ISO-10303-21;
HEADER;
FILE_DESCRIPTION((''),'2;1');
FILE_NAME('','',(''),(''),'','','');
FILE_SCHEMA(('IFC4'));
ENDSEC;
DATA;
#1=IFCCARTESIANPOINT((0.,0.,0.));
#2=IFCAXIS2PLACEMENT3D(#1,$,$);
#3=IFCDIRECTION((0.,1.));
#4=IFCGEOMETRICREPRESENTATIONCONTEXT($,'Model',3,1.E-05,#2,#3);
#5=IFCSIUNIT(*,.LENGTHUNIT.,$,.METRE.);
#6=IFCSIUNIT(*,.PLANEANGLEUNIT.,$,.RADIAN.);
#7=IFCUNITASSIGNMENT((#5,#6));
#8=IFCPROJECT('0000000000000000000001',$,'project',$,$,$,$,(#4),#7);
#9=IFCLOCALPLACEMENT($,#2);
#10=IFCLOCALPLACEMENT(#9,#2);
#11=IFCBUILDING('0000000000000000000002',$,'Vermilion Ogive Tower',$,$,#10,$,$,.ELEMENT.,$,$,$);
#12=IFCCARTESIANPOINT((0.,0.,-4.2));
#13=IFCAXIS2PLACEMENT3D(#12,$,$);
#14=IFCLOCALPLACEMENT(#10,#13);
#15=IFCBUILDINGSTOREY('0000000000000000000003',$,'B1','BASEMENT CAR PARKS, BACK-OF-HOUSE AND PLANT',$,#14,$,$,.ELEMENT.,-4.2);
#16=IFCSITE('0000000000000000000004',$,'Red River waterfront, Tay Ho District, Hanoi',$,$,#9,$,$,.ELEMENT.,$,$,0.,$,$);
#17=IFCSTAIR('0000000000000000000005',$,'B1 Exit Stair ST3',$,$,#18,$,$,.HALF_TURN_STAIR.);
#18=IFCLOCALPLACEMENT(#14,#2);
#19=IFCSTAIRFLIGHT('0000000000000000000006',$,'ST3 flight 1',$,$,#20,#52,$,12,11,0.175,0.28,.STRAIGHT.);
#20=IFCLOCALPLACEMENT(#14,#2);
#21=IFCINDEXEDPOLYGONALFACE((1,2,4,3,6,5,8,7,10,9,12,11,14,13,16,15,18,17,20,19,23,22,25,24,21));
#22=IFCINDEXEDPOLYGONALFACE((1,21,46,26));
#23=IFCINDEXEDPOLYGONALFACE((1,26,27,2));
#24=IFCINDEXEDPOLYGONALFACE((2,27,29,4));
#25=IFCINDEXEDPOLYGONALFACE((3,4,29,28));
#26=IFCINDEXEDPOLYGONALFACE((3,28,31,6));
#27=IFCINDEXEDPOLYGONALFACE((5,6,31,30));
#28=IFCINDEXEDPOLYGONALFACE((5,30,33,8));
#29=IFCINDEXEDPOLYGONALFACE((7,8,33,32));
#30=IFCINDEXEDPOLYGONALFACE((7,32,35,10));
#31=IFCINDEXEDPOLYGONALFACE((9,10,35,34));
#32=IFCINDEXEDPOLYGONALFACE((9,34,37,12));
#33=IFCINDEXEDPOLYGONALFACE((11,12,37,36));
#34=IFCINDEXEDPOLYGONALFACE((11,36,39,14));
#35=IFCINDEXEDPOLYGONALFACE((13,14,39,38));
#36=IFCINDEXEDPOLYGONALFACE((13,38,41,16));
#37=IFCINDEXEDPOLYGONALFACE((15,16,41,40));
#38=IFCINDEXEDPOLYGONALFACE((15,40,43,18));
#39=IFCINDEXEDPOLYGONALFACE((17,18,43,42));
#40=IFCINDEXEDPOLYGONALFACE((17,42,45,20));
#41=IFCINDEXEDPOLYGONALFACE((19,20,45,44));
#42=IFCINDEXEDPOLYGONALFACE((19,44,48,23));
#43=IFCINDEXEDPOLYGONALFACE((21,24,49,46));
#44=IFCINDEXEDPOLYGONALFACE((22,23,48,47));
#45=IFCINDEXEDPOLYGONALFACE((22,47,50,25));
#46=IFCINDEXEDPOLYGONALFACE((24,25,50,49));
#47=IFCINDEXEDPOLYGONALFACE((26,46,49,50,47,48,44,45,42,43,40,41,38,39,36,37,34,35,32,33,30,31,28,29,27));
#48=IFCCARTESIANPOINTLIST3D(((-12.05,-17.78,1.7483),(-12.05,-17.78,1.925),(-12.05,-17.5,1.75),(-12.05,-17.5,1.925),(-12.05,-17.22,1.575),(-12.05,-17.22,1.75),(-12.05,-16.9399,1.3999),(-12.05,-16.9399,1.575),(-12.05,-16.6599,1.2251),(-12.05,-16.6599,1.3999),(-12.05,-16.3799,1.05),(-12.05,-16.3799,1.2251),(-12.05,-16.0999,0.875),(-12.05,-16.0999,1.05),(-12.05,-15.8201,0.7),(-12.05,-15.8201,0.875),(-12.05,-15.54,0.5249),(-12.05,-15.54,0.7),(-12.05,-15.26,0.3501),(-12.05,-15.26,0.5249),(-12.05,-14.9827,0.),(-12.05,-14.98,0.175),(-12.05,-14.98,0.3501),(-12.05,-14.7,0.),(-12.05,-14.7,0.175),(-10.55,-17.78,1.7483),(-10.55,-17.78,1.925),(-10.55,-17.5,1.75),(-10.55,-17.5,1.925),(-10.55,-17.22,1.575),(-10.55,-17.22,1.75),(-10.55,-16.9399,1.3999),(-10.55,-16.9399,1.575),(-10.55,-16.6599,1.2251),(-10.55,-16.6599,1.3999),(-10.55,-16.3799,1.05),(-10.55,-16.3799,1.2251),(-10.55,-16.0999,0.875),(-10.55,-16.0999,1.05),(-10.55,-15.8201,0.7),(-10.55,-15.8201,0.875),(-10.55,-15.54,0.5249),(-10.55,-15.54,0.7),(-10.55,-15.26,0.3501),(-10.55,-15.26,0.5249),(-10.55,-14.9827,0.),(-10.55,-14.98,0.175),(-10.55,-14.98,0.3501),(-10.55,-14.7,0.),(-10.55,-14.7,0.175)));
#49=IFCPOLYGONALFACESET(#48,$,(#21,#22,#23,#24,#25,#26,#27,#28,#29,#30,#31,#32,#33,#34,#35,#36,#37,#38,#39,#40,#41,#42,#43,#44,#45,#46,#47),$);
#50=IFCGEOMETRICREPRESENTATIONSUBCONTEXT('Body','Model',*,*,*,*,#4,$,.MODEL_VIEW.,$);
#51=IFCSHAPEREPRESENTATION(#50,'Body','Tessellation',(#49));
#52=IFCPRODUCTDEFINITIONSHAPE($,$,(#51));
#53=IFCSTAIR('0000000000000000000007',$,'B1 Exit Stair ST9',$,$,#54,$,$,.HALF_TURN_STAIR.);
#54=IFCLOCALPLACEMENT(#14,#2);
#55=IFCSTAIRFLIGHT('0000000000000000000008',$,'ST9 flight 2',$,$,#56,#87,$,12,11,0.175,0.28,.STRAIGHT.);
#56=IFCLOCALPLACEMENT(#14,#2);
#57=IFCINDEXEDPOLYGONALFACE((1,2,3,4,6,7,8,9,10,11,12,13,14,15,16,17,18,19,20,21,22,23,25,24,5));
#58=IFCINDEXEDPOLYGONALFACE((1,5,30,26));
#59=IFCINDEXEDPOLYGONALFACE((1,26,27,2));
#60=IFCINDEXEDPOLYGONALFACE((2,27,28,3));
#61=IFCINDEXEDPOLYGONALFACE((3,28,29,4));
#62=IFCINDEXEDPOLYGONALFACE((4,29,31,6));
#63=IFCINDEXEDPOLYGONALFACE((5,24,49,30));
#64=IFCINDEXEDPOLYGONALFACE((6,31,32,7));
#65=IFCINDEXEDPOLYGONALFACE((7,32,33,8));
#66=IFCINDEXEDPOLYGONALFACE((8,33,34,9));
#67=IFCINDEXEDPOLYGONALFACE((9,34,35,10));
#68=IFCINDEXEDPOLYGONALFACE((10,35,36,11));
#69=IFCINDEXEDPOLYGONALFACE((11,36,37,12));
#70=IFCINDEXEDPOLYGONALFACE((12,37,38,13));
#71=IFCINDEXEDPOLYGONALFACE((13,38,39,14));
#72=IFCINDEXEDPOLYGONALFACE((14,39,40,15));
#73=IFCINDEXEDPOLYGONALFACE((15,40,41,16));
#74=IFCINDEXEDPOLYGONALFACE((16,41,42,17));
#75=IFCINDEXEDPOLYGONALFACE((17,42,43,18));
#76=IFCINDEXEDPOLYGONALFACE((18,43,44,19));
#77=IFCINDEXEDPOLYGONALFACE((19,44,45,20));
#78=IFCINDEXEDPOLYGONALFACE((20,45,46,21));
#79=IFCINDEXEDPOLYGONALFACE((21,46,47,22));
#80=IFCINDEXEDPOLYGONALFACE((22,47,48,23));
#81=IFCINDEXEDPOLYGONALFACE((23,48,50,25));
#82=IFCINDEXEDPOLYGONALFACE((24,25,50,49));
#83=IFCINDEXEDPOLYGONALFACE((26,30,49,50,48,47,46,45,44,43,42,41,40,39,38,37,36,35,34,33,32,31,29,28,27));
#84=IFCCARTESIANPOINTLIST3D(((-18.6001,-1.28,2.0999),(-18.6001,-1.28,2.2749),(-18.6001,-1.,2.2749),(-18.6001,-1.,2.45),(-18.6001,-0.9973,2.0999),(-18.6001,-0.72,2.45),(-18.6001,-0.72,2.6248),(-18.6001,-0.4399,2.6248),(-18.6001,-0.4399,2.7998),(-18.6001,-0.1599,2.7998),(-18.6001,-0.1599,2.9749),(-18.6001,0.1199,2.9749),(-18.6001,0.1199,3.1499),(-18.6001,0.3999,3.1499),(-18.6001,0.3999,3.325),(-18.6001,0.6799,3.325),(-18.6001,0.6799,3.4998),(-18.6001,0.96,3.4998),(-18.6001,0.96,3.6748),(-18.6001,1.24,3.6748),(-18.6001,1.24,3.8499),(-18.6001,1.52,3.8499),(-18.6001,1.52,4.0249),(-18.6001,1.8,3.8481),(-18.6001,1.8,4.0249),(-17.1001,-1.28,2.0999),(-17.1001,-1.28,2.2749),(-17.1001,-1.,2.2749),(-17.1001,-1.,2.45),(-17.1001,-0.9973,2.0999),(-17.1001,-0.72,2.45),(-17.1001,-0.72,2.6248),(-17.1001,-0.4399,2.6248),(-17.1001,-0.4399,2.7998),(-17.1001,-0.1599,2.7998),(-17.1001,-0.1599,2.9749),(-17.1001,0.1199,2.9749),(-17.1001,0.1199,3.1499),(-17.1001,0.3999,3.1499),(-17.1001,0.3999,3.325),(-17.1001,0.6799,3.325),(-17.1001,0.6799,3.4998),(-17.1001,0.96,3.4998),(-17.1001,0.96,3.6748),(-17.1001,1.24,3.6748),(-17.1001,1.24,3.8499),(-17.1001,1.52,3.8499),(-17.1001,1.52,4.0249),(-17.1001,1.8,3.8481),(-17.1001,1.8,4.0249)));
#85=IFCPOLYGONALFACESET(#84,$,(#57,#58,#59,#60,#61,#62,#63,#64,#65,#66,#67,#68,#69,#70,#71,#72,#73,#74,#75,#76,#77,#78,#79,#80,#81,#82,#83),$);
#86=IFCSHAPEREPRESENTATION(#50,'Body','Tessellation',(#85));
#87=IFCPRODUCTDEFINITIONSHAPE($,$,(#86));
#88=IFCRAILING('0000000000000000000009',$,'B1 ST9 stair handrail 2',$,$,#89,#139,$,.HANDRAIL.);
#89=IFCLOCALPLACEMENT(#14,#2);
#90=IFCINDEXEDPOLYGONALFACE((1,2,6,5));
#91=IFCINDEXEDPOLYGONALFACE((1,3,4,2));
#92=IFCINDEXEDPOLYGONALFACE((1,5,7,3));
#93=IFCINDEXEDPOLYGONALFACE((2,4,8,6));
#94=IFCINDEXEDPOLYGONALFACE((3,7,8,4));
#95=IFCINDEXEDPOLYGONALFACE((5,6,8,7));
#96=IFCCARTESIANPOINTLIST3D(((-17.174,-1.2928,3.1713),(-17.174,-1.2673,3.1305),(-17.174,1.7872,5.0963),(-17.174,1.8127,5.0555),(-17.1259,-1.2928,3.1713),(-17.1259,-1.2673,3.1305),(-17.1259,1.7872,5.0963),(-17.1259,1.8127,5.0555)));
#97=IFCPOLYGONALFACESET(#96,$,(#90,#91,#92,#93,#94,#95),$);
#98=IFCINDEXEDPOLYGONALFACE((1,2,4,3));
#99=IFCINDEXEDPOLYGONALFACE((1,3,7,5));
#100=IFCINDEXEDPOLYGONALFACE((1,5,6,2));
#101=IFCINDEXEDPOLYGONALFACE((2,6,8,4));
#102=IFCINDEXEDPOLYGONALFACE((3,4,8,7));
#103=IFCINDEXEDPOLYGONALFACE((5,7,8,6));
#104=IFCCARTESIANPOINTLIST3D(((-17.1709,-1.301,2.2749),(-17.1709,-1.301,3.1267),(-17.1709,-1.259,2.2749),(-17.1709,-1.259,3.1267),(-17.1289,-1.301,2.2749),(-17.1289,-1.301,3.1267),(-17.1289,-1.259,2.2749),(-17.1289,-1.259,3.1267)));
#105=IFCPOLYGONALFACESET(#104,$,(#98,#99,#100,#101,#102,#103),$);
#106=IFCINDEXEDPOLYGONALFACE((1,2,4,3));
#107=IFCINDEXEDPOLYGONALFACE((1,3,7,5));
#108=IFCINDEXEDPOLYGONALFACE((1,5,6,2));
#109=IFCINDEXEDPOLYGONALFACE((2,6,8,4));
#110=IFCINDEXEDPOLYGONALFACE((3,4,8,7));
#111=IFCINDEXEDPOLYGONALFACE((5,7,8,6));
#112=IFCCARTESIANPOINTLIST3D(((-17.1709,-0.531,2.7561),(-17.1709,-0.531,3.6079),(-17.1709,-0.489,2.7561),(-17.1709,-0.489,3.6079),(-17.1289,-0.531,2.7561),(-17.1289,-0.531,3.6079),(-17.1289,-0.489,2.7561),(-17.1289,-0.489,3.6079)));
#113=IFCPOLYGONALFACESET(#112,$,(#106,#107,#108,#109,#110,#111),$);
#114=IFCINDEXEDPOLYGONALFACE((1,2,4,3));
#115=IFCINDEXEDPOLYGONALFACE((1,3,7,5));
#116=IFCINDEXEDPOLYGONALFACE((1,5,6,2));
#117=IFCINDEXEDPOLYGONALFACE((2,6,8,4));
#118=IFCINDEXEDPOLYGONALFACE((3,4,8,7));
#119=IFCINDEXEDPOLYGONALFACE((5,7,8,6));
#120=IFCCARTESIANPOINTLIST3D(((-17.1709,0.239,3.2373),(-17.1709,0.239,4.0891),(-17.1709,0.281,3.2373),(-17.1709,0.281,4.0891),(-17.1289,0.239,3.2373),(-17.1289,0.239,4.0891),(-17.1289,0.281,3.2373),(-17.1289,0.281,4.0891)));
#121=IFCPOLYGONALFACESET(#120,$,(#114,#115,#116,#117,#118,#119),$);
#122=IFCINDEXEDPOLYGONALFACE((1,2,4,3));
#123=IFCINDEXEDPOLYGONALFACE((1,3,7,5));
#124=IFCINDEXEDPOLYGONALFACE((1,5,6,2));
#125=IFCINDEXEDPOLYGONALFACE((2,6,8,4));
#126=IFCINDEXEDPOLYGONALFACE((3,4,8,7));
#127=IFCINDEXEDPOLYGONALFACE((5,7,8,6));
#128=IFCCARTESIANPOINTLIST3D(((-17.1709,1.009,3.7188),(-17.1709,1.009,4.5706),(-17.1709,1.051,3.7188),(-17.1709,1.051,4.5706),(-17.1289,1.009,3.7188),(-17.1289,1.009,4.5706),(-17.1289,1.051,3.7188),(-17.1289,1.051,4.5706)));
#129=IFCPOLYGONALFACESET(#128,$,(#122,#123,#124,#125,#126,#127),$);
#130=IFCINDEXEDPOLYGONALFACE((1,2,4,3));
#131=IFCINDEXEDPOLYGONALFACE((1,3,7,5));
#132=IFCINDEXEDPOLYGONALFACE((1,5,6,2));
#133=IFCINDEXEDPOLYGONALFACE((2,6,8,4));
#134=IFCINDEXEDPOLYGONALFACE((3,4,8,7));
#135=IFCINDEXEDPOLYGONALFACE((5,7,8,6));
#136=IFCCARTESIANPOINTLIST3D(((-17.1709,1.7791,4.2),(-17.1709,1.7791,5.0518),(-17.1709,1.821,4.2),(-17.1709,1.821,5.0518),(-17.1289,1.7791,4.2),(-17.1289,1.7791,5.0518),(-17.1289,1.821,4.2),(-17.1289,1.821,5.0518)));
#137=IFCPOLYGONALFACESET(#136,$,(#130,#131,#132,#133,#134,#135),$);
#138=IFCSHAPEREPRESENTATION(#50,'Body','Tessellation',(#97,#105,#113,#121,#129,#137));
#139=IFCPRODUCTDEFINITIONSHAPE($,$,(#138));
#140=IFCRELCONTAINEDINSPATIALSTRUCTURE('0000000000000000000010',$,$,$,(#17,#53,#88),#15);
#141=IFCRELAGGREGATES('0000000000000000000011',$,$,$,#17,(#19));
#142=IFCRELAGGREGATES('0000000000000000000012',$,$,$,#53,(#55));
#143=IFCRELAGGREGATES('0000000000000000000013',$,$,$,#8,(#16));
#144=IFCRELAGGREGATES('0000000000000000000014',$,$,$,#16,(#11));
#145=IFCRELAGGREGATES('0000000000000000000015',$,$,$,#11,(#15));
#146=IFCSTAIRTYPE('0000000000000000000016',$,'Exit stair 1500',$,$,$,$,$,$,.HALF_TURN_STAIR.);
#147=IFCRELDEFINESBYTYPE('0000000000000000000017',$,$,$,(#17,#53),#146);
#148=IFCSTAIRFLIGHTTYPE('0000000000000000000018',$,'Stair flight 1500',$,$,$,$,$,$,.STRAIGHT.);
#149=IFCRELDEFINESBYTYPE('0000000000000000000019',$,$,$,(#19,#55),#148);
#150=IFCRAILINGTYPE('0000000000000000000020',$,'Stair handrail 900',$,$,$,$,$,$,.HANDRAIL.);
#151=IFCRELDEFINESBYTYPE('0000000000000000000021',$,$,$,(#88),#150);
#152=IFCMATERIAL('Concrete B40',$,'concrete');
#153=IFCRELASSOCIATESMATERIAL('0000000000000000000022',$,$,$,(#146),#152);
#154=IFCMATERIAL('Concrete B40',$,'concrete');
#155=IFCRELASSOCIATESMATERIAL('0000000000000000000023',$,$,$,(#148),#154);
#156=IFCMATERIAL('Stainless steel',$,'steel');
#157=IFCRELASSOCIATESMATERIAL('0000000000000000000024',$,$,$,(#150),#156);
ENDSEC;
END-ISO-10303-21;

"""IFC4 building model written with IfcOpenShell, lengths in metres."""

from ifc_helpers import new_model, si_unit, direction, frame, origin, origin_2d, place, context, subcontext, project, spatial, polyline, rectangle, outline, extrude, material, type_object, element, aggregate, save


model = new_model("IFC4")

# Units and contexts
model_context = context("Model", 3, precision=1e-05, world=origin(), true_north=direction((0.0, 1.0)))
body_context = subcontext(model_context, "Body", "Model", "MODEL_VIEW")
ifc_project = project(units=[si_unit("LENGTHUNIT", "METRE"), si_unit("PLANEANGLEUNIT", "RADIAN")], contexts=[model_context])

# Site, building, storey
site_placement = place(None, origin())
site = spatial("IfcSite", under=ifc_project, at=site_placement, Name="Red River waterfront, Tay Ho District, Hanoi", CompositionType="ELEMENT", RefElevation=0.0)
building_placement = place(site_placement, origin())
building = spatial("IfcBuilding", under=site, at=building_placement, Name="Vermilion Ogive Tower", CompositionType="ELEMENT")
storey_placement = place(building_placement, frame((0.0, 0.0, -4.2)))
storey = spatial("IfcBuildingStorey", under=building, at=storey_placement, Name="B1", Description="BASEMENT CAR PARKS, BACK-OF-HOUSE AND PLANT", CompositionType="ELEMENT", Elevation=-4.2)

# Stairs, stair flights
ifc_material_1 = material(Name="Concrete B40", Category="concrete")
stair_type = type_object("IfcStairType", Name="Exit stair 1500", PredefinedType="HALF_TURN_STAIR", material=ifc_material_1)
stair_1_placement = place(storey_placement, origin())
stair_1 = element("IfcStair", 1, at=stair_1_placement, inside=storey, type_object=stair_type, Name="B1 Exit Stair ST3", PredefinedType="HALF_TURN_STAIR")
ifc_material_2 = material(Name="Concrete B40", Category="concrete")
stair_flight_type = type_object("IfcStairFlightType", Name="Stair flight 1500", PredefinedType="STRAIGHT", material=ifc_material_2)
stair_flight_1_placement = place(storey_placement, frame((-11.3, -14.7, 0.0), z_axis=(0.0, 0.0, 1.0), x_axis=(0.0, -1.0, 0.0)))
stair_flight_1 = element("IfcStairFlight", 2, at=stair_flight_1_placement, type_object=stair_flight_type, Name="ST3 flight 1", NumberOfRisers=12, NumberOfTreads=11, PredefinedType="STRAIGHT", RiserHeight=0.175, TreadLength=0.28, context=body_context, shape_type="SweptSolid", body=[
    extrude(outline(polyline([(0.0, 0.0), (0.0, 0.175), (0.28, 0.175), (0.28, 0.3501), (0.5601, 0.3501), (0.5601, 0.5249), (0.8401, 0.5249), (0.8401, 0.7), (1.1201, 0.7), (1.1201, 0.875), (1.3999, 0.875), (1.3999, 1.05), (1.6799, 1.05), (1.6799, 1.2251), (1.96, 1.2251), (1.96, 1.3999), (2.24, 1.3999), (2.24, 1.575), (2.52, 1.575), (2.52, 1.75), (2.8, 1.75), (2.8, 1.925), (3.0801, 1.925), (3.0801, 2.1001), (3.0801, 1.7483), (0.2827, 0.0), (0.0, 0.0)])), frame((0.0, 0.75, 0.0), z_axis=(0.0, -1.0, 0.0), x_axis=(1.0, 0.0, 0.0)), (0.0, 0.0, 1.0), 1.5),
])
aggregate(stair_1, [stair_flight_1])
stair_2_placement = place(storey_placement, origin())
stair_2 = element("IfcStair", 3, at=stair_2_placement, inside=storey, type_object=stair_type, Name="B1 Exit Stair ST9", PredefinedType="HALF_TURN_STAIR")
stair_flight_2_placement = place(storey_placement, frame((-17.8501, -1.28, 2.0999), z_axis=(0.0, 0.0, 1.0), x_axis=(0.0, 1.0, 0.0)))
stair_flight_2 = element("IfcStairFlight", 4, at=stair_flight_2_placement, type_object=stair_flight_type, Name="ST9 flight 2", NumberOfRisers=12, NumberOfTreads=11, PredefinedType="STRAIGHT", RiserHeight=0.175, TreadLength=0.28, context=body_context, shape_type="SweptSolid", body=[
    extrude(outline(polyline([(0.0, 0.0), (0.0, 0.175), (0.28, 0.175), (0.28, 0.3501), (0.5601, 0.3501), (0.5601, 0.5249), (0.8401, 0.5249), (0.8401, 0.7), (1.1201, 0.7), (1.1201, 0.875), (1.3999, 0.875), (1.3999, 1.05), (1.6799, 1.05), (1.6799, 1.2251), (1.96, 1.2251), (1.96, 1.3999), (2.24, 1.3999), (2.24, 1.575), (2.52, 1.575), (2.52, 1.75), (2.8, 1.75), (2.8, 1.925), (3.0801, 1.925), (3.0801, 2.1001), (3.0801, 1.7483), (0.2827, 0.0), (0.0, 0.0)])), frame((0.0, 0.75, 0.0), z_axis=(0.0, -1.0, 0.0), x_axis=(1.0, 0.0, 0.0)), (0.0, 0.0, 1.0), 1.5),
])
aggregate(stair_2, [stair_flight_2])

# Railing
ifc_material_3 = material(Name="Stainless steel", Category="steel")
railing_type = type_object("IfcRailingType", Name="Stair handrail 900", PredefinedType="HANDRAIL", material=ifc_material_3)
railing_placement = place(storey_placement, frame((-17.1499, -1.28, 2.2749)))
element("IfcRailing", 5, at=railing_placement, inside=storey, type_object=railing_type, Name="B1 ST9 stair handrail 2", PredefinedType="HANDRAIL", context=body_context, shape_type="SweptSolid", body=[
    extrude(rectangle(XDim=0.0481, YDim=0.0481, at=origin_2d()), frame((0.0, 0.0, 0.876), z_axis=(0.0, 0.847998, 0.529999), x_axis=(-1.0, 0.0, 0.0)), (0.0, 0.0, 1.0), 3.6321),
    extrude(rectangle(XDim=0.042, YDim=0.042, at=origin_2d()), origin(), (0.0, 0.0, 1.0), 0.8518),
    extrude(rectangle(XDim=0.042, YDim=0.042, at=origin_2d()), frame((0.0, 0.77, 0.4812)), (0.0, 0.0, 1.0), 0.8518),
    extrude(rectangle(XDim=0.042, YDim=0.042, at=origin_2d()), frame((0.0, 1.54, 0.9624)), (0.0, 0.0, 1.0), 0.8518),
    extrude(rectangle(XDim=0.042, YDim=0.042, at=origin_2d()), frame((0.0, 2.3101, 1.4438)), (0.0, 0.0, 1.0), 0.8518),
    extrude(rectangle(XDim=0.042, YDim=0.042, at=origin_2d()), frame((0.0, 3.0801, 1.925)), (0.0, 0.0, 1.0), 0.8518),
])

save(model, "model.ifc")
